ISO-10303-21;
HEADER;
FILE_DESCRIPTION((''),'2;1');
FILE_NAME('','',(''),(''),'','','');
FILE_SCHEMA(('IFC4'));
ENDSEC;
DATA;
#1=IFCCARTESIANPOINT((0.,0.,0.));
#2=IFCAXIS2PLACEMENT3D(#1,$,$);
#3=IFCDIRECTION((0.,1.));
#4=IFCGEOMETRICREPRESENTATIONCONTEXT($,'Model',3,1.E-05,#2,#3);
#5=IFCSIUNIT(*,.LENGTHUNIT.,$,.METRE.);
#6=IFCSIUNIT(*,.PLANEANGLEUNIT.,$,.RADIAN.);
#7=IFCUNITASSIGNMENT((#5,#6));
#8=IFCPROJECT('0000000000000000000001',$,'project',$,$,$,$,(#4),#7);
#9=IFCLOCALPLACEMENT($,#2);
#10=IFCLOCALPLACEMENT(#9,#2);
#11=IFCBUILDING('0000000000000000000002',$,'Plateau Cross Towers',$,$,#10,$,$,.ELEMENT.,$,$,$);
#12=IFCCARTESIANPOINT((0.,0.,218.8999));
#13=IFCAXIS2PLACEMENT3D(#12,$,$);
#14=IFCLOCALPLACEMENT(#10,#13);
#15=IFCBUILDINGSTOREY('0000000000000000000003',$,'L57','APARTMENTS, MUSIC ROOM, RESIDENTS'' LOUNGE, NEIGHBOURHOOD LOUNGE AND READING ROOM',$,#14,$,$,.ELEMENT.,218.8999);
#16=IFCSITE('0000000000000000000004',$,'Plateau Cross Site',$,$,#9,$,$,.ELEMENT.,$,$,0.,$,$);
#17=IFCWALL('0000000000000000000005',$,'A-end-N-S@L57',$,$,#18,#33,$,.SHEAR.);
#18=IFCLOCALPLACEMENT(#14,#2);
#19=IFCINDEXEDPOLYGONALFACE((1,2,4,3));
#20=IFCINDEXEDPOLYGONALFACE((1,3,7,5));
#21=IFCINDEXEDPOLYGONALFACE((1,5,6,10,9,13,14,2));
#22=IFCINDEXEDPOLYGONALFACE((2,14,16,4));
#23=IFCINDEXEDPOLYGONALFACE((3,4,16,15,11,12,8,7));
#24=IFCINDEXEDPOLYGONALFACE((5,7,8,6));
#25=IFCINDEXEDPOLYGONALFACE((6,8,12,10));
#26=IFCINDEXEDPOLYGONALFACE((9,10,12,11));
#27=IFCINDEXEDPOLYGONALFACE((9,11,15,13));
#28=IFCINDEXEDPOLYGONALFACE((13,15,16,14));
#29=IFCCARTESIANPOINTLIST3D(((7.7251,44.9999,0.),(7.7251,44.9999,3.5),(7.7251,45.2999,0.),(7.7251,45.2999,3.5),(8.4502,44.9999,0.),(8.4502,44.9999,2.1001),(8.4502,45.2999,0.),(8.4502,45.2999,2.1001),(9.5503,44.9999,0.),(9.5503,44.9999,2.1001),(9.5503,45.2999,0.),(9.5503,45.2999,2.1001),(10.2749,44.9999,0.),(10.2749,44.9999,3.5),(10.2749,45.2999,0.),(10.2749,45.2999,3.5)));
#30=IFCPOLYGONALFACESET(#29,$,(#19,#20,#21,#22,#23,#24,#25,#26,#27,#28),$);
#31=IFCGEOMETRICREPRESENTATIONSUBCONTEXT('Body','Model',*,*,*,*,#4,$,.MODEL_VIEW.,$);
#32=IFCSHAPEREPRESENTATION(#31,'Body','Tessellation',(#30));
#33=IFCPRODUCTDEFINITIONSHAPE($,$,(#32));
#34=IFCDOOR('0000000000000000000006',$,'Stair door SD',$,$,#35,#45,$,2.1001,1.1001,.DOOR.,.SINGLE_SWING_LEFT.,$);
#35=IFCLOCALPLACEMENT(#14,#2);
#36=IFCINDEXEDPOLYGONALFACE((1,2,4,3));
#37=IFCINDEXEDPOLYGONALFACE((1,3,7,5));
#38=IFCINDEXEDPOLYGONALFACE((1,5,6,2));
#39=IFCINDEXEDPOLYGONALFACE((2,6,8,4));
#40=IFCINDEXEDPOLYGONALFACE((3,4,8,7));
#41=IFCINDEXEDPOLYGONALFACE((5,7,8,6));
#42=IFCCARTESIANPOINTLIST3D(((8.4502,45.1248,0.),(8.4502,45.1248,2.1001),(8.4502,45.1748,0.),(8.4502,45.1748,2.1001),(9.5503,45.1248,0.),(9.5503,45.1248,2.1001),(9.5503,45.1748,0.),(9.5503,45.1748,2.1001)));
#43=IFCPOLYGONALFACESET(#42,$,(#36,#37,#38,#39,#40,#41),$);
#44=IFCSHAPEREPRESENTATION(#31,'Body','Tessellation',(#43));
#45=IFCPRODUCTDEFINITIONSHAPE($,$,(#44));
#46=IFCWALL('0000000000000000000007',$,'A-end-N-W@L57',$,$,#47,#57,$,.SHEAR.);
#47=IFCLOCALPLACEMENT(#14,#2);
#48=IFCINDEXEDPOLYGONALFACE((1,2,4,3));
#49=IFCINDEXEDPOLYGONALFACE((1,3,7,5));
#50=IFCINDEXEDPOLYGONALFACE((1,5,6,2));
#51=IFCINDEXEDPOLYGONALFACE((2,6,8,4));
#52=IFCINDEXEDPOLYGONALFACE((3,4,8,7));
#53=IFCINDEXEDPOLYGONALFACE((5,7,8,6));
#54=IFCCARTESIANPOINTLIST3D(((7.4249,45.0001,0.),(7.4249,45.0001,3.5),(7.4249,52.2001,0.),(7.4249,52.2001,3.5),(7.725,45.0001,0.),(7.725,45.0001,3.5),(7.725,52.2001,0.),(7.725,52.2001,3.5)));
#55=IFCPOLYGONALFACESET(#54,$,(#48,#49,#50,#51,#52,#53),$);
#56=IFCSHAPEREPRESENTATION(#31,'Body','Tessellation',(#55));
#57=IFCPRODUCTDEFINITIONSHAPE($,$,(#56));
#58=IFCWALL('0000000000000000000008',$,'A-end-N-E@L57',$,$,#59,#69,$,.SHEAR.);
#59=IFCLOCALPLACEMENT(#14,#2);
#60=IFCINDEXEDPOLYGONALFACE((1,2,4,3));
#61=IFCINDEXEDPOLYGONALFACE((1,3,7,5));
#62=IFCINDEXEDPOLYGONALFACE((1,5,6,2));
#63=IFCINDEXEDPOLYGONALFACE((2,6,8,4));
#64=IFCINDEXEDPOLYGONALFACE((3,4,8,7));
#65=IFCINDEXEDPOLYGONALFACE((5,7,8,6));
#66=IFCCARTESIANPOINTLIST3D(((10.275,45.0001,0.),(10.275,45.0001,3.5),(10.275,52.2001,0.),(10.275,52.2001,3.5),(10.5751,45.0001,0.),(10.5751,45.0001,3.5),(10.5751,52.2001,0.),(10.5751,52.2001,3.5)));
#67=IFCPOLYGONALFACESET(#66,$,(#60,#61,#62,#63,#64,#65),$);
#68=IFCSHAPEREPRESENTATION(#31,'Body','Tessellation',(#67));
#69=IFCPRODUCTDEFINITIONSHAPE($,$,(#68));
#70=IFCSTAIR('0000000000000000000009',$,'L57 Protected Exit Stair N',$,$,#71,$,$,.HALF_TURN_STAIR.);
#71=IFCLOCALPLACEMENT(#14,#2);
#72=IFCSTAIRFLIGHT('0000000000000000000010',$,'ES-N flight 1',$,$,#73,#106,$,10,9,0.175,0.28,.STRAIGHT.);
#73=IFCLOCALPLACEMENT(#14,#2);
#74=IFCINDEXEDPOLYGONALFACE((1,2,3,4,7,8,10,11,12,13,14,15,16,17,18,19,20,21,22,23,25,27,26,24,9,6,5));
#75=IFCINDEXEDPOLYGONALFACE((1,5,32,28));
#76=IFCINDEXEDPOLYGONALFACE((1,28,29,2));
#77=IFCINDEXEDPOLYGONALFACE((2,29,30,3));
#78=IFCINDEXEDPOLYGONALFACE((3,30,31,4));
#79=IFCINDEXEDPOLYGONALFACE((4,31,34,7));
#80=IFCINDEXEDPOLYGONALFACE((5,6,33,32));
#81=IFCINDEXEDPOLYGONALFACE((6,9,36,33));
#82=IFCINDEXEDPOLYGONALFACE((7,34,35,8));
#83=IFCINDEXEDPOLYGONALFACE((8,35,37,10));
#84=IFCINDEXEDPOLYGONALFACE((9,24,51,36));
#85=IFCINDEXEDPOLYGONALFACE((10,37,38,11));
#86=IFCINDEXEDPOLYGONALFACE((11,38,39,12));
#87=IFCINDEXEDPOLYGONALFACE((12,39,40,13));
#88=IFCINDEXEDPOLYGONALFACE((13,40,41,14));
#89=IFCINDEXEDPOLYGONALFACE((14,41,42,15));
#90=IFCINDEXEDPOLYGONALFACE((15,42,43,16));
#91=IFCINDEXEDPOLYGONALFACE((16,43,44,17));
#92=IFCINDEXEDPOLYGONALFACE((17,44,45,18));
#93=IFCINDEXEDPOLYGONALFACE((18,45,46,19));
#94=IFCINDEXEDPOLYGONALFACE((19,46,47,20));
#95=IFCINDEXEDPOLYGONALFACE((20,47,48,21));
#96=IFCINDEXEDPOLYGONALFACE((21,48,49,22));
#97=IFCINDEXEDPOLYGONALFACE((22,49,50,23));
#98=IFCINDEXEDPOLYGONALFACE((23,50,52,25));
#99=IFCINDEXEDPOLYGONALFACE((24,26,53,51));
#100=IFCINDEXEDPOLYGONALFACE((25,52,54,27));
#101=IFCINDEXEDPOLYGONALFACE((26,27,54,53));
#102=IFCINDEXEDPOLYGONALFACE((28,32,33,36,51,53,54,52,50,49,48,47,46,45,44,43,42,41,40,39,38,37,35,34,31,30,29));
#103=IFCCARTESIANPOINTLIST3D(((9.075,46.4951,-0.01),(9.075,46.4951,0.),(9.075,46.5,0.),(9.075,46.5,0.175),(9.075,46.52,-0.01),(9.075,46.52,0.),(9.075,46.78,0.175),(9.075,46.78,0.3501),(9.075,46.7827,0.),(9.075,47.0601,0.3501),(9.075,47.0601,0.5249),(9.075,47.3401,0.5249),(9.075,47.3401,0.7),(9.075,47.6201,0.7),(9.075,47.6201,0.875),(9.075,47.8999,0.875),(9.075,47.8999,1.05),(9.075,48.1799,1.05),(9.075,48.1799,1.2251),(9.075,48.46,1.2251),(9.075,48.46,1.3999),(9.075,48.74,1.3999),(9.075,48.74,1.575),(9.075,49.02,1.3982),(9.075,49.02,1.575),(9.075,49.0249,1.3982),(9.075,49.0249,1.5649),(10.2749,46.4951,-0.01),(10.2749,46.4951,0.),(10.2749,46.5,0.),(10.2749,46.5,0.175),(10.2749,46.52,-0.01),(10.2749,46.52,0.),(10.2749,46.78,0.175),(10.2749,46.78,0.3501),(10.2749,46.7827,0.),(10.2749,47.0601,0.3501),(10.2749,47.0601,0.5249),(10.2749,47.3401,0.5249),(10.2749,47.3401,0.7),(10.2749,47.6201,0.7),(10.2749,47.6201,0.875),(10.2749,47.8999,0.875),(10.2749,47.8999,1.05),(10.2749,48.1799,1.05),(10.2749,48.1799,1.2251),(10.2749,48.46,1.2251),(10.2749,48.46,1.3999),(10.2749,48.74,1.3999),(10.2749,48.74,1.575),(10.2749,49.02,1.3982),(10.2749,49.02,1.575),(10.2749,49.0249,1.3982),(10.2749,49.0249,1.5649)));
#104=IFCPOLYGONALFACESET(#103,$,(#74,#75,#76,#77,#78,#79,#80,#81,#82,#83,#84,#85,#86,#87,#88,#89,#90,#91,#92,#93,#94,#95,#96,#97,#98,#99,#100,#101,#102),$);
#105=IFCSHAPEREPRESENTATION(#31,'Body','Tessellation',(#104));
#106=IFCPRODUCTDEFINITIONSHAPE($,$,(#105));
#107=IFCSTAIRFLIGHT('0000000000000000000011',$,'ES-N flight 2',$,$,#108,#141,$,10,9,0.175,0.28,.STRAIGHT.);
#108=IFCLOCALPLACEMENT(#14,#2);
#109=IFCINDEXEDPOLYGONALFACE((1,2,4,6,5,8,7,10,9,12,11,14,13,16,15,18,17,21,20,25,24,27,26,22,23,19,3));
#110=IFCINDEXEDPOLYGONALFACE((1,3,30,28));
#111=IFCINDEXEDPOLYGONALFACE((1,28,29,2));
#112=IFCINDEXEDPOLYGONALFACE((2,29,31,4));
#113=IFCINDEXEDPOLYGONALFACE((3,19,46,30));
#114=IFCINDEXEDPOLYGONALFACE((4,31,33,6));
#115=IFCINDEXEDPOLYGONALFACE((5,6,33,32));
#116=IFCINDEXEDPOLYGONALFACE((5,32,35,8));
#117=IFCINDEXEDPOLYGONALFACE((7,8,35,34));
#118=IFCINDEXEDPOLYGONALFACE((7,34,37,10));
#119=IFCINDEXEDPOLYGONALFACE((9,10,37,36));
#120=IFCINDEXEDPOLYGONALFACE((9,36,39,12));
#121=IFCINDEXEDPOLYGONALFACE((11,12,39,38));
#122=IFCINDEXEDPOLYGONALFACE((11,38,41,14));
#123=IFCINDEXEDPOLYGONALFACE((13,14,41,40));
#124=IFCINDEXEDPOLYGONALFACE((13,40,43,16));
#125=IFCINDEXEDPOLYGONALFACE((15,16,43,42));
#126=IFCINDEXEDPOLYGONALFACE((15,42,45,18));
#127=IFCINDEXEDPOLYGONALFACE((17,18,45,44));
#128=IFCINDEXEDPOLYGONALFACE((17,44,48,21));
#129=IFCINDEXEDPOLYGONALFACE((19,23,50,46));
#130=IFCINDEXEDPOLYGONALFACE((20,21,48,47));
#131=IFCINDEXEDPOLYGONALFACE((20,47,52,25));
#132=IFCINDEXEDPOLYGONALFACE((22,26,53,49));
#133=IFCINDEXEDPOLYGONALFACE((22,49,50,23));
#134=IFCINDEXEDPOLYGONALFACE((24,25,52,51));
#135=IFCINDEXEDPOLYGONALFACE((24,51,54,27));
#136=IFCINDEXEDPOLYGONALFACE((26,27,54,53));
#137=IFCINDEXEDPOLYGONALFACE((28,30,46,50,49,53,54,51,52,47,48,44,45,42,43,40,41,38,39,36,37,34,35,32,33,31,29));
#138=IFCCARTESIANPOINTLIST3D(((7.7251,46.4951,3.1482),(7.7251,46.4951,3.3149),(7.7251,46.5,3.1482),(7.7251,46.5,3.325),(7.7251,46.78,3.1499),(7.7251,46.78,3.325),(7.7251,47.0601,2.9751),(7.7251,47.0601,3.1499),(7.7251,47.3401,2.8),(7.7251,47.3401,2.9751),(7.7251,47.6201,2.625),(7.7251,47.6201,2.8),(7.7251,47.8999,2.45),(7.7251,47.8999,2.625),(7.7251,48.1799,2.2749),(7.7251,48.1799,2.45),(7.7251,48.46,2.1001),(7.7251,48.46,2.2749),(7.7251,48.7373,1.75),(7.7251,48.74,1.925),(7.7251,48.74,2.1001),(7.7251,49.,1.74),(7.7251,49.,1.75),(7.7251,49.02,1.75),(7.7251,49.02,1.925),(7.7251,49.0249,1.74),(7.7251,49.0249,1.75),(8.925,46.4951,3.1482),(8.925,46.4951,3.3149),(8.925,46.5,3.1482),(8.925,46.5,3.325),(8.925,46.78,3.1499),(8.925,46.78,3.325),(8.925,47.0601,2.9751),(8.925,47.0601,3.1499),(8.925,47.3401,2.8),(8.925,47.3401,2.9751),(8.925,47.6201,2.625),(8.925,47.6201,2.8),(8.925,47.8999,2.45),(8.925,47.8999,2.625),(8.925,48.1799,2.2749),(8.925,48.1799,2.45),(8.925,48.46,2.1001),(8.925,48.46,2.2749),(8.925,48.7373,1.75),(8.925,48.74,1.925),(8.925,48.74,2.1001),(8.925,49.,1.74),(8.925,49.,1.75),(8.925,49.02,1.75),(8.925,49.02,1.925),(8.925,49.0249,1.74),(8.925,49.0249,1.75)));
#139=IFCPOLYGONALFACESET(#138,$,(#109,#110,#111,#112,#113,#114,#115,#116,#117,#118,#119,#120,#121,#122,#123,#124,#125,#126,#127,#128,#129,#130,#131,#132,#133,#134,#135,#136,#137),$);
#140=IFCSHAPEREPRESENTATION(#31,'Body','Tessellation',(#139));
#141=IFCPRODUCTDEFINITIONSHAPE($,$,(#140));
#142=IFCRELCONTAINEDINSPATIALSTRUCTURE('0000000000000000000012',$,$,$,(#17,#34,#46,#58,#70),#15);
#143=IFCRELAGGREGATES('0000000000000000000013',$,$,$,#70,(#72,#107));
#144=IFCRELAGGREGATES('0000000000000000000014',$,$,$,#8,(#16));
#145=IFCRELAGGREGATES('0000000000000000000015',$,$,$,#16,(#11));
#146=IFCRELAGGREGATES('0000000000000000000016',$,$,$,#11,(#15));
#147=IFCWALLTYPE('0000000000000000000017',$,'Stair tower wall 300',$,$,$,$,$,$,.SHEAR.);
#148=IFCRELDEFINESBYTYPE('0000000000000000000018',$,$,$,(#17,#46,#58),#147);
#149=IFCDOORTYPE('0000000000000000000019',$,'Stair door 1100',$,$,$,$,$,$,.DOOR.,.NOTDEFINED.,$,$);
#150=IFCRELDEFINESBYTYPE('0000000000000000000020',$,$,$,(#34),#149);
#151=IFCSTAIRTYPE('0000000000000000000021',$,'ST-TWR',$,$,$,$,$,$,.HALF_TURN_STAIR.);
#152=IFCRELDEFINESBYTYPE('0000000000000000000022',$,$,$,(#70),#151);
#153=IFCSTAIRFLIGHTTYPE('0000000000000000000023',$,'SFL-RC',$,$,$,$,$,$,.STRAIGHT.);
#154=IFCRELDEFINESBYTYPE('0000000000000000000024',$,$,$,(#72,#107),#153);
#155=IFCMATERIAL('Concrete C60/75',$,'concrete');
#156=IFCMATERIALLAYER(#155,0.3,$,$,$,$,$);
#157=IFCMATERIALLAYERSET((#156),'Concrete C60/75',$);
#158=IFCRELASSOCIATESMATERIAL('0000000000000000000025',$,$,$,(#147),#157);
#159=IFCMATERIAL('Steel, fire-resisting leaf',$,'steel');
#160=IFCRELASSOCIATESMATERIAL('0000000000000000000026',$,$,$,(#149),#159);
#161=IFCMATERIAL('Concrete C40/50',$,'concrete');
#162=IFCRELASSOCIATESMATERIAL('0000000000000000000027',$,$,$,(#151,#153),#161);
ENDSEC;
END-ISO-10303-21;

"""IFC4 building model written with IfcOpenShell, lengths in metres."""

from ifc_helpers import new_model, si_unit, direction, frame, frame_2d, origin, place, context, subcontext, project, spatial, polyline, rectangle, outline, extrude, material, layer, layer_set, type_object, element, fill, aggregate, save


model = new_model("IFC4")

# Units and contexts
model_context = context("Model", 3, precision=1e-05, world=origin(), true_north=direction((0.0, 1.0)))
body_context = subcontext(model_context, "Body", "Model", "MODEL_VIEW")
ifc_project = project(units=[si_unit("LENGTHUNIT", "METRE"), si_unit("PLANEANGLEUNIT", "RADIAN")], contexts=[model_context])

# Site, building, storey
site_placement = place(None, origin())
site = spatial("IfcSite", under=ifc_project, at=site_placement, Name="Plateau Cross Site", CompositionType="ELEMENT", RefElevation=0.0)
building_placement = place(site_placement, origin())
building = spatial("IfcBuilding", under=site, at=building_placement, Name="Plateau Cross Towers", CompositionType="ELEMENT")
storey_placement = place(building_placement, frame((0.0, 0.0, 218.8999)))
storey = spatial("IfcBuildingStorey", under=building, at=storey_placement, Name="L57", Description="APARTMENTS, MUSIC ROOM, RESIDENTS' LOUNGE, NEIGHBOURHOOD LOUNGE AND READING ROOM", CompositionType="ELEMENT", Elevation=218.8999)

# Wall, opening, door
ifc_material_1 = material(Name="Concrete C60/75", Category="concrete")
ifc_layer_1 = layer(ifc_material_1, 0.3)
ifc_layer_set_1 = layer_set([ifc_layer_1], Name="Concrete C60/75")
wall_type_1 = type_object("IfcWallType", Name="Stair tower wall 300", PredefinedType="SHEAR", material=ifc_layer_set_1)
wall_1_placement = place(storey_placement, frame((7.7251, 45.1499, 0.0), z_axis=(0.0, 0.0, 1.0), x_axis=(1.0, 0.0, 0.0)))
wall_1 = element("IfcWall", 1, at=wall_1_placement, inside=storey, type_object=wall_type_1, Name="A-end-N-S@L57", PredefinedType="SHEAR", context=body_context, shape_type="SweptSolid", body=[
    extrude(rectangle(XDim=2.5498, YDim=0.3, at=frame_2d((1.2749, 0.0))), origin(), (0.0, 0.0, 1.0), 3.5),
])
opening_1_placement = place(wall_1_placement, frame((0.7251, 0.0, 0.0)))
opening_1 = element("IfcOpeningElement", 2, at=opening_1_placement, cuts=wall_1, PredefinedType="OPENING", context=body_context, shape_type="SweptSolid", body=[
    extrude(rectangle(XDim=1.1001, YDim=2.1001, at=frame_2d((0.55, 1.05))), frame((0.0, 0.1599, 0.0), z_axis=(0.0, -1.0, 0.0), x_axis=(1.0, 0.0, 0.0)), (0.0, 0.0, 1.0), 0.3201),
])
ifc_material_2 = material(Name="Steel, fire-resisting leaf", Category="steel")
door_type_1 = type_object("IfcDoorType", Name="Stair door 1100", OperationType="NOTDEFINED", PredefinedType="DOOR", material=ifc_material_2)
door_1_placement = place(opening_1_placement, origin())
door_1 = element("IfcDoor", 3, at=door_1_placement, inside=storey, type_object=door_type_1, Name="Stair door SD", OperationType="SINGLE_SWING_LEFT", OverallHeight=2.1001, OverallWidth=1.1001, PredefinedType="DOOR", context=body_context, shape_type="SweptSolid", body=[
    extrude(rectangle(XDim=1.1001, YDim=2.1001, at=frame_2d((0.55, 1.05))), frame((0.0, 0.0249, 0.0), z_axis=(0.0, -1.0, 0.0), x_axis=(1.0, 0.0, 0.0)), (0.0, 0.0, 1.0), 0.05),
])
fill(opening_1, door_1)

# Walls
for number, where, z_axis, x_axis, name in (
    (4, (7.575, 45.0, 0.0), (0.0, 0.0, 1.0), (0.0, 1.0, 0.0), "A-end-N-W@L57"),
    (5, (10.425, 45.0, 0.0), (0.0, 0.0, 1.0), (0.0, 1.0, 0.0), "A-end-N-E@L57"),
):
    element("IfcWall", number, at=place(storey_placement, frame(where, z_axis=z_axis, x_axis=x_axis)), inside=storey, type_object=wall_type_1, Name=name, PredefinedType="SHEAR", context=body_context, shape_type="SweptSolid", body=[
        extrude(rectangle(XDim=7.2, YDim=0.3, at=frame_2d((3.6001, 0.0))), origin(), (0.0, 0.0, 1.0), 3.5),
    ])

# Stair, stair flights
ifc_material_3 = material(Name="Concrete C40/50", Category="concrete")
stair_type = type_object("IfcStairType", Name="ST-TWR", PredefinedType="HALF_TURN_STAIR", material=ifc_material_3)
stair_placement = place(storey_placement, origin())
stair = element("IfcStair", 6, at=stair_placement, inside=storey, type_object=stair_type, Name="L57 Protected Exit Stair N", PredefinedType="HALF_TURN_STAIR")
stair_flight_type = type_object("IfcStairFlightType", Name="SFL-RC", PredefinedType="STRAIGHT", material=ifc_material_3)
stair_flight_1_placement = place(storey_placement, frame((9.675, 46.5, 0.0), z_axis=(0.0, 0.0, 1.0), x_axis=(0.0, 1.0, 0.0)))
stair_flight_1 = element("IfcStairFlight", 7, at=stair_flight_1_placement, type_object=stair_flight_type, Name="ES-N flight 1", NumberOfRisers=10, NumberOfTreads=9, PredefinedType="STRAIGHT", RiserHeight=0.175, TreadLength=0.28, context=body_context, shape_type="SweptSolid", body=[
    extrude(outline(polyline([(-0.0049, -0.01), (-0.0049, 0.0), (0.0, 0.0), (0.0, 0.175), (0.28, 0.175), (0.28, 0.3501), (0.5601, 0.3501), (0.5601, 0.5249), (0.8401, 0.5249), (0.8401, 0.7), (1.1201, 0.7), (1.1201, 0.875), (1.3999, 0.875), (1.3999, 1.05), (1.6799, 1.05), (1.6799, 1.2251), (1.96, 1.2251), (1.96, 1.3999), (2.24, 1.3999), (2.24, 1.575), (2.52, 1.575), (2.5249, 1.5649), (2.5249, 1.3982), (2.52, 1.3982), (0.2827, 0.0), (0.02, 0.0), (0.02, -0.01), (-0.0049, -0.01)])), frame((0.0, 0.6001, 0.0), z_axis=(0.0, -1.0, 0.0), x_axis=(1.0, 0.0, 0.0)), (0.0, 0.0, 1.0), 1.2),
])
stair_flight_2_placement = place(storey_placement, frame((8.325, 49.02, 1.75), z_axis=(0.0, 0.0, 1.0), x_axis=(0.0, -1.0, 0.0)))
stair_flight_2 = element("IfcStairFlight", 8, at=stair_flight_2_placement, type_object=stair_flight_type, Name="ES-N flight 2", NumberOfRisers=10, NumberOfTreads=9, PredefinedType="STRAIGHT", RiserHeight=0.175, TreadLength=0.28, context=body_context, shape_type="SweptSolid", body=[
    extrude(outline(polyline([(-0.0049, -0.01), (-0.0049, 0.0), (0.0, 0.0), (0.0, 0.175), (0.28, 0.175), (0.28, 0.3501), (0.5601, 0.3501), (0.5601, 0.5249), (0.8401, 0.5249), (0.8401, 0.7), (1.1201, 0.7), (1.1201, 0.875), (1.3999, 0.875), (1.3999, 1.05), (1.6799, 1.05), (1.6799, 1.2251), (1.96, 1.2251), (1.96, 1.3999), (2.24, 1.3999), (2.24, 1.575), (2.52, 1.575), (2.5249, 1.5649), (2.5249, 1.3982), (2.52, 1.3982), (0.2827, 0.0), (0.02, 0.0), (0.02, -0.01), (-0.0049, -0.01)])), frame((0.0, 0.6001, 0.0), z_axis=(0.0, -1.0, 0.0), x_axis=(1.0, 0.0, 0.0)), (0.0, 0.0, 1.0), 1.2),
])
aggregate(stair, [stair_flight_1, stair_flight_2])

save(model, "model.ifc")
